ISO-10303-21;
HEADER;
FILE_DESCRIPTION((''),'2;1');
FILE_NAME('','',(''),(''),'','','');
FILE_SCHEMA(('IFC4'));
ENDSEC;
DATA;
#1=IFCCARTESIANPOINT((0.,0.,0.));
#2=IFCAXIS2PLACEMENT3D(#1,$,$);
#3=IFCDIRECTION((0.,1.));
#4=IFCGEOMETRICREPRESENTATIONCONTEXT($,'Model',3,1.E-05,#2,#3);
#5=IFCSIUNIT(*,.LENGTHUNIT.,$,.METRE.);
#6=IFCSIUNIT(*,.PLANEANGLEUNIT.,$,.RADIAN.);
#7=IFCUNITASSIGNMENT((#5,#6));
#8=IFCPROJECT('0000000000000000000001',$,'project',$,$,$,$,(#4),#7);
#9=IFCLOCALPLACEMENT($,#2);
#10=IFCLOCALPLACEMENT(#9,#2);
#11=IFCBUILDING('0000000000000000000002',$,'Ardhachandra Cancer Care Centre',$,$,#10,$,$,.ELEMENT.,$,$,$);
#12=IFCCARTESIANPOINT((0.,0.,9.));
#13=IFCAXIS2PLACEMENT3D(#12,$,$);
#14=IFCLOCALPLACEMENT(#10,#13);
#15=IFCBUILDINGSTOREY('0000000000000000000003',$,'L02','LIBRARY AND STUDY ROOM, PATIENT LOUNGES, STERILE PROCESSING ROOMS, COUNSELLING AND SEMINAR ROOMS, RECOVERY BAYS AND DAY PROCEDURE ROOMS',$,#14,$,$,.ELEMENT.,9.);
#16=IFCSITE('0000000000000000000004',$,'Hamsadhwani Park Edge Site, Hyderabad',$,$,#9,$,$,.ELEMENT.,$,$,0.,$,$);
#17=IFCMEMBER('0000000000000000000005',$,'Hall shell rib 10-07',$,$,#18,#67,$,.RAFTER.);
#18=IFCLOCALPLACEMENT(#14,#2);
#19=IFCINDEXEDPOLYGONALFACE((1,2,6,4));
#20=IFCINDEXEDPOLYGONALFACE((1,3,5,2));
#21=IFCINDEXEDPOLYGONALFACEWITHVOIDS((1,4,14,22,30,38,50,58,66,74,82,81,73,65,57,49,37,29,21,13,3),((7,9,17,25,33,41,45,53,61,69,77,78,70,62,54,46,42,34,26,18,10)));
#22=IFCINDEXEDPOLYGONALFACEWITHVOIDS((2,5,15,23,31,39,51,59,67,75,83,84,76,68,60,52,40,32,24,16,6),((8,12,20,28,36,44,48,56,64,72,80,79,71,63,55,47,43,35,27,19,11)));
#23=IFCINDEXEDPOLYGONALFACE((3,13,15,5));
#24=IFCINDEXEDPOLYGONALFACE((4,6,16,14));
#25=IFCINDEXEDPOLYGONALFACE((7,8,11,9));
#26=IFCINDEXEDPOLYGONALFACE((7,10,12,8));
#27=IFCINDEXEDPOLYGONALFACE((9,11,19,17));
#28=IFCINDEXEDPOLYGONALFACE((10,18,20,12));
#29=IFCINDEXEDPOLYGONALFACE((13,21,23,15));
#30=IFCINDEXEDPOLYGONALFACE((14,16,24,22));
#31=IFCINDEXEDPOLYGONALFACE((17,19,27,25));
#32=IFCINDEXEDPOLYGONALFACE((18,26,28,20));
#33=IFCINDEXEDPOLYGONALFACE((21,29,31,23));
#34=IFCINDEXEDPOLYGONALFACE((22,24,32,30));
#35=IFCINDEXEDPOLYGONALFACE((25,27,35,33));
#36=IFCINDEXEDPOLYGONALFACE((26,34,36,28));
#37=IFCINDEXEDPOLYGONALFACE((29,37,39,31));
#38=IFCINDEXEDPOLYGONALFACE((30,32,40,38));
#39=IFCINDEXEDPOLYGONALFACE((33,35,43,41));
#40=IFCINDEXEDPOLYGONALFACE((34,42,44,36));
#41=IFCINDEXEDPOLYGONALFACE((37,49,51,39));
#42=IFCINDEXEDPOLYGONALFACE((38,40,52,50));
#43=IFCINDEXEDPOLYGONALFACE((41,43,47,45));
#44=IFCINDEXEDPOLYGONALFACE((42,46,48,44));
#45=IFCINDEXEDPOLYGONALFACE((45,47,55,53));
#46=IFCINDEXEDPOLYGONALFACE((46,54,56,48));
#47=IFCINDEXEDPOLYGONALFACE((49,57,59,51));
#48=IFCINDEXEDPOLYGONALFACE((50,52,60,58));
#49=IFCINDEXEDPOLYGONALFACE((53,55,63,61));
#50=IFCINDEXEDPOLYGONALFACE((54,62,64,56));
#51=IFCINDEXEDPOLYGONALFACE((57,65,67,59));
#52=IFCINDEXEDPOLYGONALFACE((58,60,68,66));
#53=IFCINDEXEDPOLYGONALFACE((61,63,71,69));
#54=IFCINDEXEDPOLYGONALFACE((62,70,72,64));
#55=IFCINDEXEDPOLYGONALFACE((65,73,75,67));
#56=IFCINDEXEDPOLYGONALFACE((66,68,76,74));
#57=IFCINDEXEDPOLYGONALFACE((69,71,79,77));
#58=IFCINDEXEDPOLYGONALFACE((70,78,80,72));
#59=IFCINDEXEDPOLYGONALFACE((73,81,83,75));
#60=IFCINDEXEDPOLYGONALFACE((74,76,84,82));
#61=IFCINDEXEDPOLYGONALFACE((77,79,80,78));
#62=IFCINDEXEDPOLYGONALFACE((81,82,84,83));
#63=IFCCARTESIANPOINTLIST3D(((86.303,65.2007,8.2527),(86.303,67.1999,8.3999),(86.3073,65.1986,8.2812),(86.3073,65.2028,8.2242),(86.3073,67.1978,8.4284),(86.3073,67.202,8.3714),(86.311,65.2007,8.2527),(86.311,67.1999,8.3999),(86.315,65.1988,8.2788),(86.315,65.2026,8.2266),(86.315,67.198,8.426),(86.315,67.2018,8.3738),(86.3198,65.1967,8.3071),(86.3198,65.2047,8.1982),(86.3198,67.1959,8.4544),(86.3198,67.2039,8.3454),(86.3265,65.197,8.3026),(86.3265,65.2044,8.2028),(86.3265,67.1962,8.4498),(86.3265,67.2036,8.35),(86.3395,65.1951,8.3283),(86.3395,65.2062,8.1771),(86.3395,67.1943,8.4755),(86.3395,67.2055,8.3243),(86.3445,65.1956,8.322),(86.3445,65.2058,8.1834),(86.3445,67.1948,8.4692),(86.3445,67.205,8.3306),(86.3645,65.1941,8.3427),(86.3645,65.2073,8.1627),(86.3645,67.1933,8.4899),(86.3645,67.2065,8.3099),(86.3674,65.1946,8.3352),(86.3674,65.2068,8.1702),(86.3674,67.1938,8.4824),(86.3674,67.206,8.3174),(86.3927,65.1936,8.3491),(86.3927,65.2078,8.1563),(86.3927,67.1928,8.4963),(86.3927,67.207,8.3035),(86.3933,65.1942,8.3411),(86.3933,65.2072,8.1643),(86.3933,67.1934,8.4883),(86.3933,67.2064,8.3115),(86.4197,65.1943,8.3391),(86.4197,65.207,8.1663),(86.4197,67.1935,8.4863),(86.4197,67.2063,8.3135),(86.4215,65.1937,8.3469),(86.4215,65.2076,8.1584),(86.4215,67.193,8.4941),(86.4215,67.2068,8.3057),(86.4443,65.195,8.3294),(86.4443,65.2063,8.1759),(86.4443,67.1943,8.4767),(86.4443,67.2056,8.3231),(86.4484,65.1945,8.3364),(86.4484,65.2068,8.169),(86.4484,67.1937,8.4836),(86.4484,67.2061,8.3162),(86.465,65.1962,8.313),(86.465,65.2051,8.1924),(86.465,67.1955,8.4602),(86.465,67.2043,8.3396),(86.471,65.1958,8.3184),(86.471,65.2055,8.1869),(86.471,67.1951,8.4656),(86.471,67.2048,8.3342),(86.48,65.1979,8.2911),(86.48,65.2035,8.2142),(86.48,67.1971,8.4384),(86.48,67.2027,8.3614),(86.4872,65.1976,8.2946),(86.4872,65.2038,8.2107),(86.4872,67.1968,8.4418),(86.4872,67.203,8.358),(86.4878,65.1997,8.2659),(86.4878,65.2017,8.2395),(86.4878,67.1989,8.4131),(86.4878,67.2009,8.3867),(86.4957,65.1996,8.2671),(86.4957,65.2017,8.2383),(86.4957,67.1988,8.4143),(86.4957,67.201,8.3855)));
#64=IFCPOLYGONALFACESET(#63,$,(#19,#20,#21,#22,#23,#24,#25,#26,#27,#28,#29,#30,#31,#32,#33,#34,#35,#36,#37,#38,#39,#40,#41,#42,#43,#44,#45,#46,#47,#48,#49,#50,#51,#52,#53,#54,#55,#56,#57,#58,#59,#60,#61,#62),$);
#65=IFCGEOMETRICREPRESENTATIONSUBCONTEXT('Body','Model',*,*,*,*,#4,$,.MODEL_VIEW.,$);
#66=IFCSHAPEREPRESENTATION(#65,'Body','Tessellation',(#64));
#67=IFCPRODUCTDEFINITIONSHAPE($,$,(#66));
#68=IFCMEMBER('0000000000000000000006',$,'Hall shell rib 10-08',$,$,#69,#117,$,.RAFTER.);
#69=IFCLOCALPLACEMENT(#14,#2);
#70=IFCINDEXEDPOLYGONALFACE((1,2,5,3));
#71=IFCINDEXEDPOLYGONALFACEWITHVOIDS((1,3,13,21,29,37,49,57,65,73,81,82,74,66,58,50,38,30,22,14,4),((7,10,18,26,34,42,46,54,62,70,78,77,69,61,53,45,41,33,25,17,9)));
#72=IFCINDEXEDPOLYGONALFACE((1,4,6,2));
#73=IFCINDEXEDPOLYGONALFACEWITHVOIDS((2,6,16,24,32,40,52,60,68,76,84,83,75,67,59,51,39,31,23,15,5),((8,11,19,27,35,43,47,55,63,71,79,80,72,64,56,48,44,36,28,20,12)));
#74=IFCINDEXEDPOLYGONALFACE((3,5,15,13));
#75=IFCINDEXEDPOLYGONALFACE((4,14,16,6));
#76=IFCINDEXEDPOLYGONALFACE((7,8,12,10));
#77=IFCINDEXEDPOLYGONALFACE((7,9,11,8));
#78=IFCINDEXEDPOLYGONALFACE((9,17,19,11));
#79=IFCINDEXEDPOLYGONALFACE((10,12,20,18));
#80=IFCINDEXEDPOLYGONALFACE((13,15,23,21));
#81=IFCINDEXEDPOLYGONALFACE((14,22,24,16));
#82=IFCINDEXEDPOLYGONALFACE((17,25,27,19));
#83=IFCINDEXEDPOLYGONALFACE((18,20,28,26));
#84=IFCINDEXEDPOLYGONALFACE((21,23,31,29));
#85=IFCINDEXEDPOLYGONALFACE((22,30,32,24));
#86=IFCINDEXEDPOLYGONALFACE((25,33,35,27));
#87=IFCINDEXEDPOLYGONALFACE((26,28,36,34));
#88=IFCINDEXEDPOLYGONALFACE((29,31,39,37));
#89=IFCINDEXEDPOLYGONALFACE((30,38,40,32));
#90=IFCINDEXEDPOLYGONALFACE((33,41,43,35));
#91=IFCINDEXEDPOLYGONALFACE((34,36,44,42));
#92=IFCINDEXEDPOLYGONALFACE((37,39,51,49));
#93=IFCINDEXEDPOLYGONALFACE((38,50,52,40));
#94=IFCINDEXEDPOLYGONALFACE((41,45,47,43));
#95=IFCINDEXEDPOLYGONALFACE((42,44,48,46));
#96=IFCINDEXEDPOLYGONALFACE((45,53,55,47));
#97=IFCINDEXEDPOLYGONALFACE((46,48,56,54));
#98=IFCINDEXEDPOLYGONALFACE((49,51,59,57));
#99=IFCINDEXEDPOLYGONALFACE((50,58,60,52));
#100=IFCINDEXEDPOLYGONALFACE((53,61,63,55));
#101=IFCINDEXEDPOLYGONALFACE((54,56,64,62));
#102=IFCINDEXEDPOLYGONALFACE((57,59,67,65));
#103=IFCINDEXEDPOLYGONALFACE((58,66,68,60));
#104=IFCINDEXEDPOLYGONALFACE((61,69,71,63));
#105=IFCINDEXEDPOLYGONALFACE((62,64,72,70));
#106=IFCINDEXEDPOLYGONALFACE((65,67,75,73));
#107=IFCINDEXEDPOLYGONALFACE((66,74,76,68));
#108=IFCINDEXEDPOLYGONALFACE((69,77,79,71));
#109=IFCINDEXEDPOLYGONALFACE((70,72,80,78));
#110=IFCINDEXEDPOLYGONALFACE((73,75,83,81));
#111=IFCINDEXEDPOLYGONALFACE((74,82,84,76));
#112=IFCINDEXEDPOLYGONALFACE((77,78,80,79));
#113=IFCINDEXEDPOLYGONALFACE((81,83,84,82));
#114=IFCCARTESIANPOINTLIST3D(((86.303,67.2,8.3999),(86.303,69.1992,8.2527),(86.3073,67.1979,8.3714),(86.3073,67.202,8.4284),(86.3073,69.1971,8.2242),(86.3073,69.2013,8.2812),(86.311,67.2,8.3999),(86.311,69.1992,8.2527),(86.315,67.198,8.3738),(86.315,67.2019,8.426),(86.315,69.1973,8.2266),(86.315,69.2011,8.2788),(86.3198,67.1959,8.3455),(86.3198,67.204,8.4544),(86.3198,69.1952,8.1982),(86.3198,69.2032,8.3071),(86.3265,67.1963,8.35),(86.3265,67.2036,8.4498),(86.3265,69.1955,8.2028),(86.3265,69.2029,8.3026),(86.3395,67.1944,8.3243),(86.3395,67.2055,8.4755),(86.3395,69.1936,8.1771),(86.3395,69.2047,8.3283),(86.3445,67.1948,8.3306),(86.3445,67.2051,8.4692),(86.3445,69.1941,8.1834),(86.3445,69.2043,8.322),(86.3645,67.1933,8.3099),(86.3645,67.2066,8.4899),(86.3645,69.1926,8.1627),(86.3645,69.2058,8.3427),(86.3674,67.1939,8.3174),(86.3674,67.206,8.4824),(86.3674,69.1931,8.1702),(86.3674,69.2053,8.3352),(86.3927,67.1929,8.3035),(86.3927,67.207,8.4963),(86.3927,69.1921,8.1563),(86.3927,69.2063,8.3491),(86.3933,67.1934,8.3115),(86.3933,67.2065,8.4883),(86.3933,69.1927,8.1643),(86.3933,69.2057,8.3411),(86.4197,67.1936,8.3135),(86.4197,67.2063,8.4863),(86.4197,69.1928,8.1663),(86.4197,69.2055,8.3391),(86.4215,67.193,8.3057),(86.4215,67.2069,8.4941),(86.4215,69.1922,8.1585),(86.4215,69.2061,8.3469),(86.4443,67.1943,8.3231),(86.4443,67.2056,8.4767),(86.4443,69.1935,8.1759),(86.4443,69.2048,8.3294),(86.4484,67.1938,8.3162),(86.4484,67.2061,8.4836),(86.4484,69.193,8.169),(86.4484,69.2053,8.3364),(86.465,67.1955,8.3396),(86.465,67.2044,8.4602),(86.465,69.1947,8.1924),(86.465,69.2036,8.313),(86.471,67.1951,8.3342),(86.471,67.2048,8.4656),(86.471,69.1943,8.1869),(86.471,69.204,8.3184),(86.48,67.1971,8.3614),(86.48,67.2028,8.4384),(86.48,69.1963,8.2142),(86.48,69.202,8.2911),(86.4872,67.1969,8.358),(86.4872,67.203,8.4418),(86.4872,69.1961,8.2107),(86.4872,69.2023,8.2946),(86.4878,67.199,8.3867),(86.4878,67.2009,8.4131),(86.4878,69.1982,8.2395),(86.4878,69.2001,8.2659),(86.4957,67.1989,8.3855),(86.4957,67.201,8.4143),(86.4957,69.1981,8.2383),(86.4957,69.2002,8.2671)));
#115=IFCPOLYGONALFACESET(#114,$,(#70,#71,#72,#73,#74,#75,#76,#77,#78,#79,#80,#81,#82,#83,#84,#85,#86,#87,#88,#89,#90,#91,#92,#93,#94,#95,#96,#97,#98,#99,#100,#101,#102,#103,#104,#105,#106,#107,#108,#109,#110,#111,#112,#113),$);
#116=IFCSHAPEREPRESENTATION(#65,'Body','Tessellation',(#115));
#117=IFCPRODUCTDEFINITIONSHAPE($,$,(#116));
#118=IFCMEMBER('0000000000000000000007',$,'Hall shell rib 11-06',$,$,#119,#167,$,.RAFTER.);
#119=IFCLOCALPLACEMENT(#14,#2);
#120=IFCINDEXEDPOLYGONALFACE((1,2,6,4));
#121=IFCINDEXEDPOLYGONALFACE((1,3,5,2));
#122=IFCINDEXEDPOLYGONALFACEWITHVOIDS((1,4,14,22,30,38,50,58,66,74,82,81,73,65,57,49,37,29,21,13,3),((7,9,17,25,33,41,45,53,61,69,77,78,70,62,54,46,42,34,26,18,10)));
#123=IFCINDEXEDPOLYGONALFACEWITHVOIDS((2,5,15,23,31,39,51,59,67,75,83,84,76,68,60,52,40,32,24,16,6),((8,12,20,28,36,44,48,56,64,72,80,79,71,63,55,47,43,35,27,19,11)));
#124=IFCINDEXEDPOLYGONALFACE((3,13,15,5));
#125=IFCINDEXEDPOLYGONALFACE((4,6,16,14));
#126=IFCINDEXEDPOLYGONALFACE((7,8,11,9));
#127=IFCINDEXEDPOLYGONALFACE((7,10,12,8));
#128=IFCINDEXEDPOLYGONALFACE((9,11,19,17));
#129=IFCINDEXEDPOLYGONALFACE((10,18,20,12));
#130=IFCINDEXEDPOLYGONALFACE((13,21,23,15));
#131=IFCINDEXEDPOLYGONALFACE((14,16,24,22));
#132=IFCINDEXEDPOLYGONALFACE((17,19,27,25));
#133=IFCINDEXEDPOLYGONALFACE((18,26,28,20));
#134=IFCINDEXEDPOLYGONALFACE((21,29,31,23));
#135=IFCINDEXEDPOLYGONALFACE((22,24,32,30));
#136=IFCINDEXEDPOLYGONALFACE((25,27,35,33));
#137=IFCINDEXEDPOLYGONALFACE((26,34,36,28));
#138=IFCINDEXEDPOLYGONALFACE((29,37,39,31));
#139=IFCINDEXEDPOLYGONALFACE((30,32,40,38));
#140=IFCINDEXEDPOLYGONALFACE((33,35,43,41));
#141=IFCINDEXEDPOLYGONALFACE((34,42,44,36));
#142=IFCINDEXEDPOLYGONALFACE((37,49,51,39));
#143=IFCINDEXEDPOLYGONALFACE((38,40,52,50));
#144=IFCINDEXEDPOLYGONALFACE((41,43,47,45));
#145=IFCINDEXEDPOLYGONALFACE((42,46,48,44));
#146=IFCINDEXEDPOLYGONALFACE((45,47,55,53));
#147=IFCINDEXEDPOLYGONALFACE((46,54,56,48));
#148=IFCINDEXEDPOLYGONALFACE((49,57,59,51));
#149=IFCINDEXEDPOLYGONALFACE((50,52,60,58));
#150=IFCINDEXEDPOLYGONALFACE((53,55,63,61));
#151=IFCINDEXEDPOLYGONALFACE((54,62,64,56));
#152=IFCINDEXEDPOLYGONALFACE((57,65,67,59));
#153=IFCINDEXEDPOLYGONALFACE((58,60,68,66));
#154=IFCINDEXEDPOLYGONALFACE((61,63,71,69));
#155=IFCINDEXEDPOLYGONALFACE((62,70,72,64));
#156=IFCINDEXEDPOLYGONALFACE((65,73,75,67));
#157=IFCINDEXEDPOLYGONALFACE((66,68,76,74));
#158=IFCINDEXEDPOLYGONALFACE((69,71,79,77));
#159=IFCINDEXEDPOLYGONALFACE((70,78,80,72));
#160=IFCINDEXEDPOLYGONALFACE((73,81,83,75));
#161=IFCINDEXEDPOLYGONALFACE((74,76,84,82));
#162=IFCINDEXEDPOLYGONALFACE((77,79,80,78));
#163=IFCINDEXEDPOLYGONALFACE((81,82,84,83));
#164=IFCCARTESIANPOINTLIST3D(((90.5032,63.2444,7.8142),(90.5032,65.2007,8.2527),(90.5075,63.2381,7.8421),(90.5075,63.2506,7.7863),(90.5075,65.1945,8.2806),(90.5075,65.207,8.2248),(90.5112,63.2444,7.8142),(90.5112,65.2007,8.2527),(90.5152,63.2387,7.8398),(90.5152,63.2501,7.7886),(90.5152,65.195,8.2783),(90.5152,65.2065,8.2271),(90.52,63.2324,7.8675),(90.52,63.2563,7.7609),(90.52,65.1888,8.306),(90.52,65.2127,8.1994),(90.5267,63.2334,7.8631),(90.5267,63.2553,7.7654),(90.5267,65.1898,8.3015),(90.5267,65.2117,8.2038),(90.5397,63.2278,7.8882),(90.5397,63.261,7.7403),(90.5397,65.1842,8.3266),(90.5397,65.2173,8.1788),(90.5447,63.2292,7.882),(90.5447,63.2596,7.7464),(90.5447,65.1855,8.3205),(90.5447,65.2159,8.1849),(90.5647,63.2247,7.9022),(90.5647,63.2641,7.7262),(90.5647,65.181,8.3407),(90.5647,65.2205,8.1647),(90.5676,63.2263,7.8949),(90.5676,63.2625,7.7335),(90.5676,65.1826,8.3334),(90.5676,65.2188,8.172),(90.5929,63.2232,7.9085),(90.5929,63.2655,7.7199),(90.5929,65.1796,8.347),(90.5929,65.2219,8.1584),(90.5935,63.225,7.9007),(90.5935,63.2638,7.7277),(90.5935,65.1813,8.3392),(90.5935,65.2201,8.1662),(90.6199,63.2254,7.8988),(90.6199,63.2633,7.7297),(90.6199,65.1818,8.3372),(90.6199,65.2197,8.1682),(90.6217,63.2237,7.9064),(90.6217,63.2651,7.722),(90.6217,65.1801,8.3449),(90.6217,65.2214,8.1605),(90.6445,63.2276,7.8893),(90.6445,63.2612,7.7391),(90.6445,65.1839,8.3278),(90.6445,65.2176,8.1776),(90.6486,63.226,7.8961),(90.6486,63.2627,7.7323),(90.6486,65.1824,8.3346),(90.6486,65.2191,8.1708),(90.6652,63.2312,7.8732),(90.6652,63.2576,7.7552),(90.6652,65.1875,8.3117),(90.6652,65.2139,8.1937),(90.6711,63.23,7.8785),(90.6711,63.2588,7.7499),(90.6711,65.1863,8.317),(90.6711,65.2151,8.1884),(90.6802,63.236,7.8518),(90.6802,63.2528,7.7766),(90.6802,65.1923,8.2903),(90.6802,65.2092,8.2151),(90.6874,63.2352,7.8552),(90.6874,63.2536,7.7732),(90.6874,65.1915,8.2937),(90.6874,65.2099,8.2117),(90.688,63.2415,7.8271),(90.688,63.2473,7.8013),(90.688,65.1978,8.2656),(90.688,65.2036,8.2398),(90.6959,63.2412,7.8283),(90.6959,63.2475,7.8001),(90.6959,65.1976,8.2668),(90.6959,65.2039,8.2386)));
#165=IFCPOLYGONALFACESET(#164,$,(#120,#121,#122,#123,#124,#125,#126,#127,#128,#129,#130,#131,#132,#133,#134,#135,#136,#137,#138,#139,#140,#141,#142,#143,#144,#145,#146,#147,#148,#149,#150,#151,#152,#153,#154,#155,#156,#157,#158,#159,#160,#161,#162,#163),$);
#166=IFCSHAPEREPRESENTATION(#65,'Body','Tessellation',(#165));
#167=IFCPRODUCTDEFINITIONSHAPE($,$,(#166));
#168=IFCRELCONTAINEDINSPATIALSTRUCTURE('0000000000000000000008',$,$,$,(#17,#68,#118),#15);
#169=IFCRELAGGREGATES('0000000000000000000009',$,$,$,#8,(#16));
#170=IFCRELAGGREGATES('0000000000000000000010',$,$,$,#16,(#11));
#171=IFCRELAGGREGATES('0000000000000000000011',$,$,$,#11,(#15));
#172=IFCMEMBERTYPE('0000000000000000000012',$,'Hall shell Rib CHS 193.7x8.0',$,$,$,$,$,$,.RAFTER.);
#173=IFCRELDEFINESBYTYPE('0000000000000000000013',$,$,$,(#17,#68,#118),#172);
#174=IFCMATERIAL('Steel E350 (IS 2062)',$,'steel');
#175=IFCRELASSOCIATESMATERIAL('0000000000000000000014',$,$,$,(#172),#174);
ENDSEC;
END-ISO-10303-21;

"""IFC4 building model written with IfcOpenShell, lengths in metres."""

from ifc_helpers import new_model, si_unit, direction, frame, origin, origin_2d, place, context, subcontext, project, spatial, hollow_circle, extrude, material, material_profile, profile_set, type_object, element, save


model = new_model("IFC4")

# Units and contexts
model_context = context("Model", 3, precision=1e-05, world=origin(), true_north=direction((0.0, 1.0)))
body_context = subcontext(model_context, "Body", "Model", "MODEL_VIEW")
ifc_project = project(units=[si_unit("LENGTHUNIT", "METRE"), si_unit("PLANEANGLEUNIT", "RADIAN")], contexts=[model_context])

# Site, building, storey
site_placement = place(None, origin())
site = spatial("IfcSite", under=ifc_project, at=site_placement, Name="Hamsadhwani Park Edge Site, Hyderabad", CompositionType="ELEMENT", RefElevation=0.0)
building_placement = place(site_placement, origin())
building = spatial("IfcBuilding", under=site, at=building_placement, Name="Ardhachandra Cancer Care Centre", CompositionType="ELEMENT")
storey_placement = place(building_placement, frame((0.0, 0.0, 9.0)))
storey = spatial("IfcBuildingStorey", under=building, at=storey_placement, Name="L02", Description="LIBRARY AND STUDY ROOM, PATIENT LOUNGES, STERILE PROCESSING ROOMS, COUNSELLING AND SEMINAR ROOMS, RECOVERY BAYS AND DAY PROCEDURE ROOMS", CompositionType="ELEMENT", Elevation=9.0)

# Members
ifc_material_1 = material(Name="Steel E350 (IS 2062)", Category="steel")
ifc_material_profile_1 = material_profile(ifc_material_1, hollow_circle(Radius=0.0969, WallThickness=0.0081, at=origin_2d()), Name="CHS 193.7x8.0")
ifc_profile_set_1 = profile_set([ifc_material_profile_1], Name="Steel E350 (IS 2062)")
member_type_1 = type_object("IfcMemberType", Name="Hall shell Rib CHS 193.7x8.0", PredefinedType="RAFTER", material=ifc_profile_set_1)
for number, where, z_axis, x_axis, name in (
    (1, (86.3999, 65.2007, 8.2527), (0.0, 0.9973, 0.073437), (-1.0, 0.0, 0.0), "Hall shell rib 10-07"),
    (2, (86.3999, 67.2, 8.3999), (0.0, 0.9973, -0.073437), (-1.0, 0.0, 0.0), "Hall shell rib 10-08"),
):
    element("IfcMember", number, at=place(storey_placement, frame(where, z_axis=z_axis, x_axis=x_axis)), inside=storey, type_object=member_type_1, Name=name, PredefinedType="RAFTER", context=body_context, shape_type="SweptSolid", body=[
        extrude(hollow_circle(Radius=0.0969, WallThickness=0.0081, at=origin_2d()), origin(), (0.0, 0.0, 1.0), 2.0046),
    ])
member_1_placement = place(storey_placement, frame((90.6001, 63.2444, 7.8142), z_axis=(0.0, 0.97579, 0.218709), x_axis=(-1.0, 0.0, 0.0)))
element("IfcMember", 3, at=member_1_placement, inside=storey, type_object=member_type_1, Name="Hall shell rib 11-06", PredefinedType="RAFTER", context=body_context, shape_type="SweptSolid", body=[
    extrude(hollow_circle(Radius=0.0969, WallThickness=0.0081, at=origin_2d()), origin(), (0.0, 0.0, 1.0), 2.0049),
])

save(model, "model.ifc")
